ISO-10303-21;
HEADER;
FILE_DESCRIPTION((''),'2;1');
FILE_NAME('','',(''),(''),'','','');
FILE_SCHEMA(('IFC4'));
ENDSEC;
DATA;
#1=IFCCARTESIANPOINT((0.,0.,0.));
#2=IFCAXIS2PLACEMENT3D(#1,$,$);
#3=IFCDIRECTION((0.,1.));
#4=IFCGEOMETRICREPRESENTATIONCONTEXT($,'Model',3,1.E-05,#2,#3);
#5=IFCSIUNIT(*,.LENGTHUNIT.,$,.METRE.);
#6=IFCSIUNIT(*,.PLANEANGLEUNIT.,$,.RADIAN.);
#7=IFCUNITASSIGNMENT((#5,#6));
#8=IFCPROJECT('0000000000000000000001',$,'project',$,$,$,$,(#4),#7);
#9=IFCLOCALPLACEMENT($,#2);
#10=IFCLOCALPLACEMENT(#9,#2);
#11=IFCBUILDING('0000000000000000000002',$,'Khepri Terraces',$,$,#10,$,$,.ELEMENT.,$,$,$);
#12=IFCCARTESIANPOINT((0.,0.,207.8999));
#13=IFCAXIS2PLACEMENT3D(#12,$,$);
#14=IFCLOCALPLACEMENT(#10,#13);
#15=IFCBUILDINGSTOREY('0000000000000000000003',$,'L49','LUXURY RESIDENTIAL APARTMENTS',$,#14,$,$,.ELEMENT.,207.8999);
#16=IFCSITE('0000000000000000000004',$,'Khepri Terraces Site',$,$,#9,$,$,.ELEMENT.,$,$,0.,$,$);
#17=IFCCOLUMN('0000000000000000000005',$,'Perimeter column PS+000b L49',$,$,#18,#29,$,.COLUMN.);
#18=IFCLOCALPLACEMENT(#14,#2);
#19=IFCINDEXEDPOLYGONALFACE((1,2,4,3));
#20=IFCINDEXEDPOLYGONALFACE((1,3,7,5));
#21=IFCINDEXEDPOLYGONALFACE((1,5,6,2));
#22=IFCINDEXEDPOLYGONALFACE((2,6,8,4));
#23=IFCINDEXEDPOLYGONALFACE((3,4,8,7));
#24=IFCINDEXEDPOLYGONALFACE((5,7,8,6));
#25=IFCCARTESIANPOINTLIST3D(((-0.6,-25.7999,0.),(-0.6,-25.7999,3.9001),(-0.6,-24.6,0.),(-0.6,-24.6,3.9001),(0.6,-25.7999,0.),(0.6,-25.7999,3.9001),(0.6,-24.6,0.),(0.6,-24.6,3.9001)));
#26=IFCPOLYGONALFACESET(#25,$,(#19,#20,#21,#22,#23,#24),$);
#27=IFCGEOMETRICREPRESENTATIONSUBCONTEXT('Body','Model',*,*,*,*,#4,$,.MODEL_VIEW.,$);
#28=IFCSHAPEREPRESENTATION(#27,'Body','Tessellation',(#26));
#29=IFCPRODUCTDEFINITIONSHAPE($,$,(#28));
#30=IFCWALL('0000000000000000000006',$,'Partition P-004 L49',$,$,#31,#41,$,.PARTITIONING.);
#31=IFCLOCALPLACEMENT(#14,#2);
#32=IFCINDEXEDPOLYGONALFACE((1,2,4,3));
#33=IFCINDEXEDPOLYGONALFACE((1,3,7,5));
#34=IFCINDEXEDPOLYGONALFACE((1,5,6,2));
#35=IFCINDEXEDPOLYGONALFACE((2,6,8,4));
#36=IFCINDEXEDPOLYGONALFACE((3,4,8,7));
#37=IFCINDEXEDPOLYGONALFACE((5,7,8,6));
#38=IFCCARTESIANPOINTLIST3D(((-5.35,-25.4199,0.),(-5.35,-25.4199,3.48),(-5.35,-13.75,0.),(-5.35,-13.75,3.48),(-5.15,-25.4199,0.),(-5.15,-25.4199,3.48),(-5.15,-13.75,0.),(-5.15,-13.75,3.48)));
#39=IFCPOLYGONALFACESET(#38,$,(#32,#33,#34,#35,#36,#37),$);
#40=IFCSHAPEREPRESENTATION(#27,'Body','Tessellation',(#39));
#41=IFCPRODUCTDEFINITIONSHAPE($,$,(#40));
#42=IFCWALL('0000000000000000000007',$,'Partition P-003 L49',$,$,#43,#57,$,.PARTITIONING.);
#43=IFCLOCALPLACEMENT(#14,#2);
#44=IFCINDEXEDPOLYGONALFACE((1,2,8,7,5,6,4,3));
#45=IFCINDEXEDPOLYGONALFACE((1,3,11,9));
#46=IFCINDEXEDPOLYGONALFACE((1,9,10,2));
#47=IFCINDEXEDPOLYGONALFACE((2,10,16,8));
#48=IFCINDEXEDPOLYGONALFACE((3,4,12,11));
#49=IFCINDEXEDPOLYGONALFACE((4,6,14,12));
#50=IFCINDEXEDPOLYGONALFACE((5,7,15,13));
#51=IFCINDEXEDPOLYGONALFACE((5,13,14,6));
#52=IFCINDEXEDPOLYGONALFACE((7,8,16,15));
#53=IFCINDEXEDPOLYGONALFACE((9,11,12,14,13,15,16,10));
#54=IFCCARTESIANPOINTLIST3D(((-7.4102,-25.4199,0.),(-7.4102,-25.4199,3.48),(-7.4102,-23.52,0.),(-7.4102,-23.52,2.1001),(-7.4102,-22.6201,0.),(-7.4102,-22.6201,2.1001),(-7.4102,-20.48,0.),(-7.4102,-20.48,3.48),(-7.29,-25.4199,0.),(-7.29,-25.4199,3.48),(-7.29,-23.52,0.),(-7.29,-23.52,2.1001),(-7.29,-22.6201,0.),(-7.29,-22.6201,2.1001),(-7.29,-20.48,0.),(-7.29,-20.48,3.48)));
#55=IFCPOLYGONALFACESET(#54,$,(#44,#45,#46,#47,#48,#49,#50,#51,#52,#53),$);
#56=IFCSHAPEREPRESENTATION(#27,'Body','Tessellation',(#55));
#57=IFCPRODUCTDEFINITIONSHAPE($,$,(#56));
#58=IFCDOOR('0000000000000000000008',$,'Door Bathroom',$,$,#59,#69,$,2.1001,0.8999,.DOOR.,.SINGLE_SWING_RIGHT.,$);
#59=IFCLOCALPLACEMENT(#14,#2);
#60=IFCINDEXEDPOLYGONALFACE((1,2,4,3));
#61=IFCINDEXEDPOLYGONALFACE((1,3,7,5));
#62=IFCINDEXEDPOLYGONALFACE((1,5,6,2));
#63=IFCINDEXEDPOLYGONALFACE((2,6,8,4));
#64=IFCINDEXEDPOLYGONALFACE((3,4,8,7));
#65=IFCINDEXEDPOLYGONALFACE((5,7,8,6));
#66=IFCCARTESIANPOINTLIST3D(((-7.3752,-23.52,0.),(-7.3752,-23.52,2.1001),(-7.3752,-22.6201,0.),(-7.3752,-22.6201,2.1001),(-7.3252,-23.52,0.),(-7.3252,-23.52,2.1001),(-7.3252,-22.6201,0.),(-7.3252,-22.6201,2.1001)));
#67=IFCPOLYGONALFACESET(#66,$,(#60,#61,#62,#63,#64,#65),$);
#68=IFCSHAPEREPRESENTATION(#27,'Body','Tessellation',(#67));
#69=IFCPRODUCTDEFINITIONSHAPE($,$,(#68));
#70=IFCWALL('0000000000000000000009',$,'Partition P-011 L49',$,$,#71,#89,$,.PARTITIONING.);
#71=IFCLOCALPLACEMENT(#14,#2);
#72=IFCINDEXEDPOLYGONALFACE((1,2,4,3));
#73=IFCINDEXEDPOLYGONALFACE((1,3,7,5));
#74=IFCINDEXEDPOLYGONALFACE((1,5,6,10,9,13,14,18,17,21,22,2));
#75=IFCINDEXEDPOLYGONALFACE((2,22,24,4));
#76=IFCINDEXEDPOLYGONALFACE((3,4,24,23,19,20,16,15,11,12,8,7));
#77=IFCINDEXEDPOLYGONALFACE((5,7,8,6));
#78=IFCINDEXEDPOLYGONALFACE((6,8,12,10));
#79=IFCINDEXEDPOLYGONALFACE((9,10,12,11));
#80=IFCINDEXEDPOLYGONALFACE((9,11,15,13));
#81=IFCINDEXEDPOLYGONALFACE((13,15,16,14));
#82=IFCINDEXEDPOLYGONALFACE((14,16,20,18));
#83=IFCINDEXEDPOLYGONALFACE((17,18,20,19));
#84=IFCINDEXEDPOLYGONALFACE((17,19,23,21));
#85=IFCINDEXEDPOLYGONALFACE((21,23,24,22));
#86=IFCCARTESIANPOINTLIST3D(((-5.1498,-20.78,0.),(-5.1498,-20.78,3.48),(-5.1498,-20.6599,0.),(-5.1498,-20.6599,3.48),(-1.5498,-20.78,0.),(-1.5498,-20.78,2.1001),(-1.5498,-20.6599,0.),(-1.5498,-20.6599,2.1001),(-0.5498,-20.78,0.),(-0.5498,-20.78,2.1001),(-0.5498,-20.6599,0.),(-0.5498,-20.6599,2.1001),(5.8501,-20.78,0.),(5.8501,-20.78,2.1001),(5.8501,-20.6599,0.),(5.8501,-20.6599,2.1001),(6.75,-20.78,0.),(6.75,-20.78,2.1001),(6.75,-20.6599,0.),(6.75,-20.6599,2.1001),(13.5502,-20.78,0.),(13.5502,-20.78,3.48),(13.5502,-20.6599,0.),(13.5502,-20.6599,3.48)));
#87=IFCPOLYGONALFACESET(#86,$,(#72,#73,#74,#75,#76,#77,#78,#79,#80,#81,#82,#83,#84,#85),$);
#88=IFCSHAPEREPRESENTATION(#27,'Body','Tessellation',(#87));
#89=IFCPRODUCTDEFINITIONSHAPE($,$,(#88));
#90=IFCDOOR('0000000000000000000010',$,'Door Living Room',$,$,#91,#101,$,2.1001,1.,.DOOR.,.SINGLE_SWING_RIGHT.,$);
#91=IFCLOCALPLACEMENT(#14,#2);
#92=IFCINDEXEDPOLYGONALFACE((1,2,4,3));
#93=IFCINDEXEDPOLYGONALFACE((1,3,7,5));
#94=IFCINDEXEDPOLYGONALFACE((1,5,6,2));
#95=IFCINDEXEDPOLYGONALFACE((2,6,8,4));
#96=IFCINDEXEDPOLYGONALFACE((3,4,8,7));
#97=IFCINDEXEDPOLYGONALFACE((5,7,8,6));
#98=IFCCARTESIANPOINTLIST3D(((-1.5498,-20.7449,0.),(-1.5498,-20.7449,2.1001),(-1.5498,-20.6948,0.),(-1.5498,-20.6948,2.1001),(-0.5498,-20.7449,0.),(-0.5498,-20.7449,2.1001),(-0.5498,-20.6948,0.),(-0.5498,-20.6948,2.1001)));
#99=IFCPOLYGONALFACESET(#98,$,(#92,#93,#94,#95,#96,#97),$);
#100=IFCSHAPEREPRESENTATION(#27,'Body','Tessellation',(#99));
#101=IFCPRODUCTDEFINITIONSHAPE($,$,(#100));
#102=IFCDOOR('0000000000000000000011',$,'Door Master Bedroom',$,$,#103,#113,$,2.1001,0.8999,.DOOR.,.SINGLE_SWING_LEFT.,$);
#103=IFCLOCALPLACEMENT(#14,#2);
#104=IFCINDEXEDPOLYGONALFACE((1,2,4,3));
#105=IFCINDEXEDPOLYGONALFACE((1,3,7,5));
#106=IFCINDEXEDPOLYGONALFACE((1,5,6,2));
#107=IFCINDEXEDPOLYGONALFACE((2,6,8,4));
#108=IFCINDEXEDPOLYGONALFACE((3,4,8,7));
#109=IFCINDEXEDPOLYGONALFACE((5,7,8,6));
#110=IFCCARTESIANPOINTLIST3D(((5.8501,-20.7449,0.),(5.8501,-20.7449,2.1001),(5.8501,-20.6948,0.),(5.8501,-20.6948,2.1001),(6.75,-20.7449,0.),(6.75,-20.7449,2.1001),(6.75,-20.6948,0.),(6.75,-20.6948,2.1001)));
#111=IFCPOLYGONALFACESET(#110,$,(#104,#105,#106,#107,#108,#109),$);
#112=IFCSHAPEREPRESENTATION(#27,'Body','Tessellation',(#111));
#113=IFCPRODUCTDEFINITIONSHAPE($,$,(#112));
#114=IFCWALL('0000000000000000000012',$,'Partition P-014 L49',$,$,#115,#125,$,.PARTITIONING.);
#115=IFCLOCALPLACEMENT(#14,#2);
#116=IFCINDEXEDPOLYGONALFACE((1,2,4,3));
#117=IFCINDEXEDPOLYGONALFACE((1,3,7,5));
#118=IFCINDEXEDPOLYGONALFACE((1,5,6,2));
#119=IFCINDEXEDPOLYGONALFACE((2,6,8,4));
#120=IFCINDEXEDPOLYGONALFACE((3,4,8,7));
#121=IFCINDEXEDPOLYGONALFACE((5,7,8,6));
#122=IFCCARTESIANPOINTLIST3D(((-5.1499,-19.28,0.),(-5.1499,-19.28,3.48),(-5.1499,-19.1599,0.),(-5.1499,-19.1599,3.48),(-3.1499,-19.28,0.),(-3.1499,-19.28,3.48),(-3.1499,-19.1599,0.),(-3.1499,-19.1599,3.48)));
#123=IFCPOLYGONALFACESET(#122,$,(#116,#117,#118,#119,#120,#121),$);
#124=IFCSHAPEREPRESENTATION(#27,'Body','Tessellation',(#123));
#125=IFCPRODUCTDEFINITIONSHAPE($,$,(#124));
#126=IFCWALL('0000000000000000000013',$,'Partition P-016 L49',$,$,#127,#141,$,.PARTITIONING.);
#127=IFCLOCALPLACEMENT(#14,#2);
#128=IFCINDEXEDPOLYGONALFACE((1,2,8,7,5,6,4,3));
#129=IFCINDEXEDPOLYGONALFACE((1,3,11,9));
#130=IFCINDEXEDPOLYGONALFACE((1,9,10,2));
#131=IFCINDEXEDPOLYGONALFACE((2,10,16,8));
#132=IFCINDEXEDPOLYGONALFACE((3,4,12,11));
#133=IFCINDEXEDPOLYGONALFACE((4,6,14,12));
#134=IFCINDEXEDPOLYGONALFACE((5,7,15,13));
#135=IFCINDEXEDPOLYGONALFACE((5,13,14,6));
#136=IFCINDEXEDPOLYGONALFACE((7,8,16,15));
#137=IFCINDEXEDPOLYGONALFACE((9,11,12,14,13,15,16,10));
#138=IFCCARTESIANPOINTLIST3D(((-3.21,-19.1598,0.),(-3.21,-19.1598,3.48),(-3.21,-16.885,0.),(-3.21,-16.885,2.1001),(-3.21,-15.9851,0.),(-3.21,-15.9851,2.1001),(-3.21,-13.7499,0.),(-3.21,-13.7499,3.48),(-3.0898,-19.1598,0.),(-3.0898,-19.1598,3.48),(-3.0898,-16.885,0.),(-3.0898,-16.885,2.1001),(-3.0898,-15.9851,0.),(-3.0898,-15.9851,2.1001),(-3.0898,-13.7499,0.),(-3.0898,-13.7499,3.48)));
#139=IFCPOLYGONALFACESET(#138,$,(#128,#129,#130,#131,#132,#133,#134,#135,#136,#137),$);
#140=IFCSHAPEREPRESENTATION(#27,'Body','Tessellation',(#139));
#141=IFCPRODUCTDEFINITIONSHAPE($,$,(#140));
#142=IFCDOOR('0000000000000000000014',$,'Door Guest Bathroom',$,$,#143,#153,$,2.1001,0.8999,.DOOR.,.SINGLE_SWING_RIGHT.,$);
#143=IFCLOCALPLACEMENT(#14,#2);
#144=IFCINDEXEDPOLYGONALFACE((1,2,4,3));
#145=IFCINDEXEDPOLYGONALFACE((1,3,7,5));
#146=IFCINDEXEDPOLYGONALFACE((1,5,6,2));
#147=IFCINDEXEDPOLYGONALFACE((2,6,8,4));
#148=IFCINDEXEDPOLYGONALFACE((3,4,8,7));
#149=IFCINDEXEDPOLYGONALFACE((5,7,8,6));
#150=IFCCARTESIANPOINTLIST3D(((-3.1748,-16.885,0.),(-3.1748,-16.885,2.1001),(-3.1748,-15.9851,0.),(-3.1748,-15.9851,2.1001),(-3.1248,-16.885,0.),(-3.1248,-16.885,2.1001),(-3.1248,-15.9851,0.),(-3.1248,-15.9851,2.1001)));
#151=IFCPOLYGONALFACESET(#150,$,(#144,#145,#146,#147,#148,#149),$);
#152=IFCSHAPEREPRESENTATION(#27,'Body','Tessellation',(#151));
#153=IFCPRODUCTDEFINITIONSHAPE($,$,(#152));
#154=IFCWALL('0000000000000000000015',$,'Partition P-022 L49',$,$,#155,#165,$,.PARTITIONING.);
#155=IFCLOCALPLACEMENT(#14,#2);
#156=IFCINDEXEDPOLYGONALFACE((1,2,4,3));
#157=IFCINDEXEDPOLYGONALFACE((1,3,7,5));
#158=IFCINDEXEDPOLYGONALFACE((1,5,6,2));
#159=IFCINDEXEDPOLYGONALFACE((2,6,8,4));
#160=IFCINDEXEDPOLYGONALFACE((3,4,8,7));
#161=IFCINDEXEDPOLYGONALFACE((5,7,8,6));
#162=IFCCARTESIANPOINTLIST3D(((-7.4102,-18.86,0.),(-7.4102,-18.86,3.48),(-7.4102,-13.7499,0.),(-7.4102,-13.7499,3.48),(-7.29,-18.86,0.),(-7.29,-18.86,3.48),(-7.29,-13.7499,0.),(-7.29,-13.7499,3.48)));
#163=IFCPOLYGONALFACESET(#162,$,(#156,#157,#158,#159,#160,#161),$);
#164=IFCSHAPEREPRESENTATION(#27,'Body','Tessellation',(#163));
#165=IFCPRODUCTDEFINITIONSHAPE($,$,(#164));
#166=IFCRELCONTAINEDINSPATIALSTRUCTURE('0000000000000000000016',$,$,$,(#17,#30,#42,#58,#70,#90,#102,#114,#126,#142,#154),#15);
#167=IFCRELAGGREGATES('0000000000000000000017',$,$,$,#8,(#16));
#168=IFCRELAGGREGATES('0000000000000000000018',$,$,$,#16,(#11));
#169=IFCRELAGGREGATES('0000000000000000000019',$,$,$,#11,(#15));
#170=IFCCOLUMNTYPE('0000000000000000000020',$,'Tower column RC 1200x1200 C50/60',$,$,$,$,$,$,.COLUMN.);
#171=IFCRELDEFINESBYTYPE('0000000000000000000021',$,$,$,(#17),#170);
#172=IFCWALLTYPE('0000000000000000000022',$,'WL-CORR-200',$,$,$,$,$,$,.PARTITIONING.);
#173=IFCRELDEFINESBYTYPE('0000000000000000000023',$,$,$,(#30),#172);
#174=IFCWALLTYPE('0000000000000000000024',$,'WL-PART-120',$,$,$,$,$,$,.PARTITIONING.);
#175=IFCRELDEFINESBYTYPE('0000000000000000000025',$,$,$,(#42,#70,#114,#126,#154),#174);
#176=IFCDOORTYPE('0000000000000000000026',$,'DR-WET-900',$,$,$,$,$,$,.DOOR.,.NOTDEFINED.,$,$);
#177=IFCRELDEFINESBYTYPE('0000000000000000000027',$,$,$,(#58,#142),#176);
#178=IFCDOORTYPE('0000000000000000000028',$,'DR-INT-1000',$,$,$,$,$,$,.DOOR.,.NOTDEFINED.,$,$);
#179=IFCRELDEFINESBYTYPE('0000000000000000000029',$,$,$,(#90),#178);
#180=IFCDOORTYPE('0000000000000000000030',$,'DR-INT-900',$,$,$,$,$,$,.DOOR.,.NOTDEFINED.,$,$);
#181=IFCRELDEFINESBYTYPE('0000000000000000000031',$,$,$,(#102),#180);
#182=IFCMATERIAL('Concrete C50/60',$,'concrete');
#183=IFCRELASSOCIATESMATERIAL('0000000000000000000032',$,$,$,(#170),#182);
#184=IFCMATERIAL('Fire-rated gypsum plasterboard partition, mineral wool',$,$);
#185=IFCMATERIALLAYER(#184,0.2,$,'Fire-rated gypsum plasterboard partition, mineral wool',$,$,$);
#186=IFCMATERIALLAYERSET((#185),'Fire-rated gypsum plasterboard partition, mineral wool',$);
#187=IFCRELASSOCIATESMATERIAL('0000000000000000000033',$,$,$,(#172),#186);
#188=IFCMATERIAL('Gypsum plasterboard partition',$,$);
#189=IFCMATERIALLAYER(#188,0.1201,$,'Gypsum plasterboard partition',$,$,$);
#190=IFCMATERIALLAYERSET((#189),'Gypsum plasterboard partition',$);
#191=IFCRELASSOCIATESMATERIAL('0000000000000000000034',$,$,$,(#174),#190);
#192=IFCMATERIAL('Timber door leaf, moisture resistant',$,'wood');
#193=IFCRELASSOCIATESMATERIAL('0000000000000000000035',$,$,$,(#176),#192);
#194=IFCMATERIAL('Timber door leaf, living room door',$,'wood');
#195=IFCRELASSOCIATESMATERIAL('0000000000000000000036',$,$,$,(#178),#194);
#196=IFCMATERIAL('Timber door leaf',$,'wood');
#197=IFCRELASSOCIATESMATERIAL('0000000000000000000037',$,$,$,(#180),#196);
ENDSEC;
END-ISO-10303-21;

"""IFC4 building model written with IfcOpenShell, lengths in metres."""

from ifc_helpers import new_model, si_unit, direction, frame, frame_2d, origin, origin_2d, place, context, subcontext, project, spatial, rectangle, extrude, material, layer, layer_set, material_profile, profile_set, type_object, element, fill, save


model = new_model("IFC4")

# Units and contexts
model_context = context("Model", 3, precision=1e-05, world=origin(), true_north=direction((0.0, 1.0)))
body_context = subcontext(model_context, "Body", "Model", "MODEL_VIEW")
ifc_project = project(units=[si_unit("LENGTHUNIT", "METRE"), si_unit("PLANEANGLEUNIT", "RADIAN")], contexts=[model_context])

# Site, building, storey
site_placement = place(None, origin())
site = spatial("IfcSite", under=ifc_project, at=site_placement, Name="Khepri Terraces Site", CompositionType="ELEMENT", RefElevation=0.0)
building_placement = place(site_placement, origin())
building = spatial("IfcBuilding", under=site, at=building_placement, Name="Khepri Terraces", CompositionType="ELEMENT")
storey_placement = place(building_placement, frame((0.0, 0.0, 207.8999)))
storey = spatial("IfcBuildingStorey", under=building, at=storey_placement, Name="L49", Description="LUXURY RESIDENTIAL APARTMENTS", CompositionType="ELEMENT", Elevation=207.8999)

# Column
ifc_material_1 = material(Name="Concrete C50/60", Category="concrete")
ifc_material_profile = material_profile(ifc_material_1, rectangle(XDim=1.2, YDim=1.2, at=origin_2d()), Name="Concrete C50/60", Category="concrete")
ifc_profile_set = profile_set([ifc_material_profile], Name="Concrete C50/60")
column_type = type_object("IfcColumnType", Name="Tower column RC 1200x1200 C50/60", PredefinedType="COLUMN", material=ifc_profile_set)
column_placement = place(storey_placement, frame((0.0, -25.2, 0.0), z_axis=(0.0, 0.0, 1.0), x_axis=(1.0, 0.0, 0.0)))
element("IfcColumn", 1, at=column_placement, inside=storey, type_object=column_type, Name="Perimeter column PS+000b L49", PredefinedType="COLUMN", context=body_context, shape_type="SweptSolid", body=[
    extrude(rectangle(XDim=1.2, YDim=1.2, at=origin_2d()), origin(), (0.0, 0.0, 1.0), 3.9001),
])

# Wall
ifc_material_2 = material(Name="Fire-rated gypsum plasterboard partition, mineral wool")
ifc_layer_1 = layer(ifc_material_2, 0.2, Name="Fire-rated gypsum plasterboard partition, mineral wool")
ifc_layer_set_1 = layer_set([ifc_layer_1], Name="Fire-rated gypsum plasterboard partition, mineral wool")
wall_type_1 = type_object("IfcWallType", Name="WL-CORR-200", PredefinedType="PARTITIONING", material=ifc_layer_set_1)
wall_1_placement = place(storey_placement, frame((-5.25, -25.4199, 0.0), z_axis=(0.0, 0.0, 1.0), x_axis=(0.0, 1.0, 0.0)))
element("IfcWall", 2, at=wall_1_placement, inside=storey, type_object=wall_type_1, Name="Partition P-004 L49", PredefinedType="PARTITIONING", context=body_context, shape_type="SweptSolid", body=[
    extrude(rectangle(XDim=11.6699, YDim=0.2, at=frame_2d((5.835, 0.0))), origin(), (0.0, 0.0, 1.0), 3.48),
])

# Wall, opening, door
ifc_material_3 = material(Name="Gypsum plasterboard partition")
ifc_layer_2 = layer(ifc_material_3, 0.1201, Name="Gypsum plasterboard partition")
ifc_layer_set_2 = layer_set([ifc_layer_2], Name="Gypsum plasterboard partition")
wall_type_2 = type_object("IfcWallType", Name="WL-PART-120", PredefinedType="PARTITIONING", material=ifc_layer_set_2)
wall_2_placement = place(storey_placement, frame((-7.3501, -25.4199, 0.0), z_axis=(0.0, 0.0, 1.0), x_axis=(0.0, 1.0, 0.0)))
wall_2 = element("IfcWall", 3, at=wall_2_placement, inside=storey, type_object=wall_type_2, Name="Partition P-003 L49", PredefinedType="PARTITIONING", context=body_context, shape_type="SweptSolid", body=[
    extrude(rectangle(XDim=4.9399, YDim=0.1201, at=frame_2d((2.47, 0.0))), origin(), (0.0, 0.0, 1.0), 3.48),
])
opening_1_placement = place(wall_2_placement, frame((1.8999, 0.0, 0.0)))
opening_1 = element("IfcOpeningElement", 4, at=opening_1_placement, cuts=wall_2, PredefinedType="OPENING", context=body_context, shape_type="SweptSolid", body=[
    extrude(rectangle(XDim=0.8999, YDim=2.1001, at=frame_2d((0.45, 1.05))), frame((0.0, 0.0701, 0.0), z_axis=(0.0, -1.0, 0.0), x_axis=(1.0, 0.0, 0.0)), (0.0, 0.0, 1.0), 0.1401),
])
ifc_material_4 = material(Name="Timber door leaf, moisture resistant", Category="wood")
door_type_1 = type_object("IfcDoorType", Name="DR-WET-900", OperationType="NOTDEFINED", PredefinedType="DOOR", material=ifc_material_4)
door_1_placement = place(opening_1_placement, frame((0.8999, 0.0, 0.0), z_axis=(0.0, 0.0, 1.0), x_axis=(-1.0, 0.0, 0.0)))
door_1 = element("IfcDoor", 5, at=door_1_placement, inside=storey, type_object=door_type_1, Name="Door Bathroom", OperationType="SINGLE_SWING_RIGHT", OverallHeight=2.1001, OverallWidth=0.8999, PredefinedType="DOOR", context=body_context, shape_type="SweptSolid", body=[
    extrude(rectangle(XDim=0.8999, YDim=2.1001, at=frame_2d((0.45, 1.05))), frame((0.0, 0.0249, 0.0), z_axis=(0.0, -1.0, 0.0), x_axis=(1.0, 0.0, 0.0)), (0.0, 0.0, 1.0), 0.05),
])
fill(opening_1, door_1)

# Wall, openings, doors
wall_3_placement = place(storey_placement, frame((-5.1499, -20.72, 0.0), z_axis=(0.0, 0.0, 1.0), x_axis=(1.0, 0.0, 0.0)))
wall_3 = element("IfcWall", 6, at=wall_3_placement, inside=storey, type_object=wall_type_2, Name="Partition P-011 L49", PredefinedType="PARTITIONING", context=body_context, shape_type="SweptSolid", body=[
    extrude(rectangle(XDim=18.7, YDim=0.1201, at=frame_2d((9.3501, 0.0))), origin(), (0.0, 0.0, 1.0), 3.48),
])
opening_2_placement = place(wall_3_placement, frame((3.6001, 0.0, 0.0)))
opening_2 = element("IfcOpeningElement", 7, at=opening_2_placement, cuts=wall_3, PredefinedType="OPENING", context=body_context, shape_type="SweptSolid", body=[
    extrude(rectangle(XDim=1.0, YDim=2.1001, at=frame_2d((0.5, 1.05))), frame((0.0, 0.0701, 0.0), z_axis=(0.0, -1.0, 0.0), x_axis=(1.0, 0.0, 0.0)), (0.0, 0.0, 1.0), 0.1401),
])
opening_3_placement = place(wall_3_placement, frame((11.0, 0.0, 0.0)))
opening_3 = element("IfcOpeningElement", 8, at=opening_3_placement, cuts=wall_3, PredefinedType="OPENING", context=body_context, shape_type="SweptSolid", body=[
    extrude(rectangle(XDim=0.8999, YDim=2.1001, at=frame_2d((0.45, 1.05))), frame((0.0, 0.0701, 0.0), z_axis=(0.0, -1.0, 0.0), x_axis=(1.0, 0.0, 0.0)), (0.0, 0.0, 1.0), 0.1401),
])
ifc_material_5 = material(Name="Timber door leaf, living room door", Category="wood")
door_type_2 = type_object("IfcDoorType", Name="DR-INT-1000", OperationType="NOTDEFINED", PredefinedType="DOOR", material=ifc_material_5)
door_2_placement = place(opening_2_placement, frame((1.0, 0.0, 0.0), z_axis=(0.0, 0.0, 1.0), x_axis=(-1.0, 0.0, 0.0)))
door_2 = element("IfcDoor", 9, at=door_2_placement, inside=storey, type_object=door_type_2, Name="Door Living Room", OperationType="SINGLE_SWING_RIGHT", OverallHeight=2.1001, OverallWidth=1.0, PredefinedType="DOOR", context=body_context, shape_type="SweptSolid", body=[
    extrude(rectangle(XDim=1.0, YDim=2.1001, at=frame_2d((0.5, 1.05))), frame((0.0, 0.0249, 0.0), z_axis=(0.0, -1.0, 0.0), x_axis=(1.0, 0.0, 0.0)), (0.0, 0.0, 1.0), 0.05),
])
fill(opening_2, door_2)
ifc_material_6 = material(Name="Timber door leaf", Category="wood")
door_type_3 = type_object("IfcDoorType", Name="DR-INT-900", OperationType="NOTDEFINED", PredefinedType="DOOR", material=ifc_material_6)
door_3_placement = place(opening_3_placement, frame((0.8999, 0.0, 0.0), z_axis=(0.0, 0.0, 1.0), x_axis=(-1.0, 0.0, 0.0)))
door_3 = element("IfcDoor", 10, at=door_3_placement, inside=storey, type_object=door_type_3, Name="Door Master Bedroom", OperationType="SINGLE_SWING_LEFT", OverallHeight=2.1001, OverallWidth=0.8999, PredefinedType="DOOR", context=body_context, shape_type="SweptSolid", body=[
    extrude(rectangle(XDim=0.8999, YDim=2.1001, at=frame_2d((0.45, 1.05))), frame((0.0, 0.0249, 0.0), z_axis=(0.0, -1.0, 0.0), x_axis=(1.0, 0.0, 0.0)), (0.0, 0.0, 1.0), 0.05),
])
fill(opening_3, door_3)

# Wall
wall_4_placement = place(storey_placement, frame((-5.1499, -19.22, 0.0), z_axis=(0.0, 0.0, 1.0), x_axis=(1.0, 0.0, 0.0)))
element("IfcWall", 11, at=wall_4_placement, inside=storey, type_object=wall_type_2, Name="Partition P-014 L49", PredefinedType="PARTITIONING", context=body_context, shape_type="SweptSolid", body=[
    extrude(rectangle(XDim=2.0, YDim=0.1201, at=frame_2d((1.0, 0.0))), origin(), (0.0, 0.0, 1.0), 3.48),
])

# Wall, opening, door
wall_5_placement = place(storey_placement, frame((-3.1499, -19.1599, 0.0), z_axis=(0.0, 0.0, 1.0), x_axis=(0.0, 1.0, 0.0)))
wall_5 = element("IfcWall", 12, at=wall_5_placement, inside=storey, type_object=wall_type_2, Name="Partition P-016 L49", PredefinedType="PARTITIONING", context=body_context, shape_type="SweptSolid", body=[
    extrude(rectangle(XDim=5.4099, YDim=0.1201, at=frame_2d((2.7051, 0.0))), origin(), (0.0, 0.0, 1.0), 3.48),
])
opening_4_placement = place(wall_5_placement, frame((2.2749, 0.0, 0.0)))
opening_4 = element("IfcOpeningElement", 13, at=opening_4_placement, cuts=wall_5, PredefinedType="OPENING", context=body_context, shape_type="SweptSolid", body=[
    extrude(rectangle(XDim=0.8999, YDim=2.1001, at=frame_2d((0.45, 1.05))), frame((0.0, 0.0701, 0.0), z_axis=(0.0, -1.0, 0.0), x_axis=(1.0, 0.0, 0.0)), (0.0, 0.0, 1.0), 0.1401),
])
door_4_placement = place(opening_4_placement, origin())
door_4 = element("IfcDoor", 14, at=door_4_placement, inside=storey, type_object=door_type_1, Name="Door Guest Bathroom", OperationType="SINGLE_SWING_RIGHT", OverallHeight=2.1001, OverallWidth=0.8999, PredefinedType="DOOR", context=body_context, shape_type="SweptSolid", body=[
    extrude(rectangle(XDim=0.8999, YDim=2.1001, at=frame_2d((0.45, 1.05))), frame((0.0, 0.0249, 0.0), z_axis=(0.0, -1.0, 0.0), x_axis=(1.0, 0.0, 0.0)), (0.0, 0.0, 1.0), 0.05),
])
fill(opening_4, door_4)

# Wall
wall_6_placement = place(storey_placement, frame((-7.3501, -18.8601, 0.0), z_axis=(0.0, 0.0, 1.0), x_axis=(0.0, 1.0, 0.0)))
element("IfcWall", 15, at=wall_6_placement, inside=storey, type_object=wall_type_2, Name="Partition P-022 L49", PredefinedType="PARTITIONING", context=body_context, shape_type="SweptSolid", body=[
    extrude(rectangle(XDim=5.1101, YDim=0.1201, at=frame_2d((2.5552, 0.0))), origin(), (0.0, 0.0, 1.0), 3.48),
])

save(model, "model.ifc")
